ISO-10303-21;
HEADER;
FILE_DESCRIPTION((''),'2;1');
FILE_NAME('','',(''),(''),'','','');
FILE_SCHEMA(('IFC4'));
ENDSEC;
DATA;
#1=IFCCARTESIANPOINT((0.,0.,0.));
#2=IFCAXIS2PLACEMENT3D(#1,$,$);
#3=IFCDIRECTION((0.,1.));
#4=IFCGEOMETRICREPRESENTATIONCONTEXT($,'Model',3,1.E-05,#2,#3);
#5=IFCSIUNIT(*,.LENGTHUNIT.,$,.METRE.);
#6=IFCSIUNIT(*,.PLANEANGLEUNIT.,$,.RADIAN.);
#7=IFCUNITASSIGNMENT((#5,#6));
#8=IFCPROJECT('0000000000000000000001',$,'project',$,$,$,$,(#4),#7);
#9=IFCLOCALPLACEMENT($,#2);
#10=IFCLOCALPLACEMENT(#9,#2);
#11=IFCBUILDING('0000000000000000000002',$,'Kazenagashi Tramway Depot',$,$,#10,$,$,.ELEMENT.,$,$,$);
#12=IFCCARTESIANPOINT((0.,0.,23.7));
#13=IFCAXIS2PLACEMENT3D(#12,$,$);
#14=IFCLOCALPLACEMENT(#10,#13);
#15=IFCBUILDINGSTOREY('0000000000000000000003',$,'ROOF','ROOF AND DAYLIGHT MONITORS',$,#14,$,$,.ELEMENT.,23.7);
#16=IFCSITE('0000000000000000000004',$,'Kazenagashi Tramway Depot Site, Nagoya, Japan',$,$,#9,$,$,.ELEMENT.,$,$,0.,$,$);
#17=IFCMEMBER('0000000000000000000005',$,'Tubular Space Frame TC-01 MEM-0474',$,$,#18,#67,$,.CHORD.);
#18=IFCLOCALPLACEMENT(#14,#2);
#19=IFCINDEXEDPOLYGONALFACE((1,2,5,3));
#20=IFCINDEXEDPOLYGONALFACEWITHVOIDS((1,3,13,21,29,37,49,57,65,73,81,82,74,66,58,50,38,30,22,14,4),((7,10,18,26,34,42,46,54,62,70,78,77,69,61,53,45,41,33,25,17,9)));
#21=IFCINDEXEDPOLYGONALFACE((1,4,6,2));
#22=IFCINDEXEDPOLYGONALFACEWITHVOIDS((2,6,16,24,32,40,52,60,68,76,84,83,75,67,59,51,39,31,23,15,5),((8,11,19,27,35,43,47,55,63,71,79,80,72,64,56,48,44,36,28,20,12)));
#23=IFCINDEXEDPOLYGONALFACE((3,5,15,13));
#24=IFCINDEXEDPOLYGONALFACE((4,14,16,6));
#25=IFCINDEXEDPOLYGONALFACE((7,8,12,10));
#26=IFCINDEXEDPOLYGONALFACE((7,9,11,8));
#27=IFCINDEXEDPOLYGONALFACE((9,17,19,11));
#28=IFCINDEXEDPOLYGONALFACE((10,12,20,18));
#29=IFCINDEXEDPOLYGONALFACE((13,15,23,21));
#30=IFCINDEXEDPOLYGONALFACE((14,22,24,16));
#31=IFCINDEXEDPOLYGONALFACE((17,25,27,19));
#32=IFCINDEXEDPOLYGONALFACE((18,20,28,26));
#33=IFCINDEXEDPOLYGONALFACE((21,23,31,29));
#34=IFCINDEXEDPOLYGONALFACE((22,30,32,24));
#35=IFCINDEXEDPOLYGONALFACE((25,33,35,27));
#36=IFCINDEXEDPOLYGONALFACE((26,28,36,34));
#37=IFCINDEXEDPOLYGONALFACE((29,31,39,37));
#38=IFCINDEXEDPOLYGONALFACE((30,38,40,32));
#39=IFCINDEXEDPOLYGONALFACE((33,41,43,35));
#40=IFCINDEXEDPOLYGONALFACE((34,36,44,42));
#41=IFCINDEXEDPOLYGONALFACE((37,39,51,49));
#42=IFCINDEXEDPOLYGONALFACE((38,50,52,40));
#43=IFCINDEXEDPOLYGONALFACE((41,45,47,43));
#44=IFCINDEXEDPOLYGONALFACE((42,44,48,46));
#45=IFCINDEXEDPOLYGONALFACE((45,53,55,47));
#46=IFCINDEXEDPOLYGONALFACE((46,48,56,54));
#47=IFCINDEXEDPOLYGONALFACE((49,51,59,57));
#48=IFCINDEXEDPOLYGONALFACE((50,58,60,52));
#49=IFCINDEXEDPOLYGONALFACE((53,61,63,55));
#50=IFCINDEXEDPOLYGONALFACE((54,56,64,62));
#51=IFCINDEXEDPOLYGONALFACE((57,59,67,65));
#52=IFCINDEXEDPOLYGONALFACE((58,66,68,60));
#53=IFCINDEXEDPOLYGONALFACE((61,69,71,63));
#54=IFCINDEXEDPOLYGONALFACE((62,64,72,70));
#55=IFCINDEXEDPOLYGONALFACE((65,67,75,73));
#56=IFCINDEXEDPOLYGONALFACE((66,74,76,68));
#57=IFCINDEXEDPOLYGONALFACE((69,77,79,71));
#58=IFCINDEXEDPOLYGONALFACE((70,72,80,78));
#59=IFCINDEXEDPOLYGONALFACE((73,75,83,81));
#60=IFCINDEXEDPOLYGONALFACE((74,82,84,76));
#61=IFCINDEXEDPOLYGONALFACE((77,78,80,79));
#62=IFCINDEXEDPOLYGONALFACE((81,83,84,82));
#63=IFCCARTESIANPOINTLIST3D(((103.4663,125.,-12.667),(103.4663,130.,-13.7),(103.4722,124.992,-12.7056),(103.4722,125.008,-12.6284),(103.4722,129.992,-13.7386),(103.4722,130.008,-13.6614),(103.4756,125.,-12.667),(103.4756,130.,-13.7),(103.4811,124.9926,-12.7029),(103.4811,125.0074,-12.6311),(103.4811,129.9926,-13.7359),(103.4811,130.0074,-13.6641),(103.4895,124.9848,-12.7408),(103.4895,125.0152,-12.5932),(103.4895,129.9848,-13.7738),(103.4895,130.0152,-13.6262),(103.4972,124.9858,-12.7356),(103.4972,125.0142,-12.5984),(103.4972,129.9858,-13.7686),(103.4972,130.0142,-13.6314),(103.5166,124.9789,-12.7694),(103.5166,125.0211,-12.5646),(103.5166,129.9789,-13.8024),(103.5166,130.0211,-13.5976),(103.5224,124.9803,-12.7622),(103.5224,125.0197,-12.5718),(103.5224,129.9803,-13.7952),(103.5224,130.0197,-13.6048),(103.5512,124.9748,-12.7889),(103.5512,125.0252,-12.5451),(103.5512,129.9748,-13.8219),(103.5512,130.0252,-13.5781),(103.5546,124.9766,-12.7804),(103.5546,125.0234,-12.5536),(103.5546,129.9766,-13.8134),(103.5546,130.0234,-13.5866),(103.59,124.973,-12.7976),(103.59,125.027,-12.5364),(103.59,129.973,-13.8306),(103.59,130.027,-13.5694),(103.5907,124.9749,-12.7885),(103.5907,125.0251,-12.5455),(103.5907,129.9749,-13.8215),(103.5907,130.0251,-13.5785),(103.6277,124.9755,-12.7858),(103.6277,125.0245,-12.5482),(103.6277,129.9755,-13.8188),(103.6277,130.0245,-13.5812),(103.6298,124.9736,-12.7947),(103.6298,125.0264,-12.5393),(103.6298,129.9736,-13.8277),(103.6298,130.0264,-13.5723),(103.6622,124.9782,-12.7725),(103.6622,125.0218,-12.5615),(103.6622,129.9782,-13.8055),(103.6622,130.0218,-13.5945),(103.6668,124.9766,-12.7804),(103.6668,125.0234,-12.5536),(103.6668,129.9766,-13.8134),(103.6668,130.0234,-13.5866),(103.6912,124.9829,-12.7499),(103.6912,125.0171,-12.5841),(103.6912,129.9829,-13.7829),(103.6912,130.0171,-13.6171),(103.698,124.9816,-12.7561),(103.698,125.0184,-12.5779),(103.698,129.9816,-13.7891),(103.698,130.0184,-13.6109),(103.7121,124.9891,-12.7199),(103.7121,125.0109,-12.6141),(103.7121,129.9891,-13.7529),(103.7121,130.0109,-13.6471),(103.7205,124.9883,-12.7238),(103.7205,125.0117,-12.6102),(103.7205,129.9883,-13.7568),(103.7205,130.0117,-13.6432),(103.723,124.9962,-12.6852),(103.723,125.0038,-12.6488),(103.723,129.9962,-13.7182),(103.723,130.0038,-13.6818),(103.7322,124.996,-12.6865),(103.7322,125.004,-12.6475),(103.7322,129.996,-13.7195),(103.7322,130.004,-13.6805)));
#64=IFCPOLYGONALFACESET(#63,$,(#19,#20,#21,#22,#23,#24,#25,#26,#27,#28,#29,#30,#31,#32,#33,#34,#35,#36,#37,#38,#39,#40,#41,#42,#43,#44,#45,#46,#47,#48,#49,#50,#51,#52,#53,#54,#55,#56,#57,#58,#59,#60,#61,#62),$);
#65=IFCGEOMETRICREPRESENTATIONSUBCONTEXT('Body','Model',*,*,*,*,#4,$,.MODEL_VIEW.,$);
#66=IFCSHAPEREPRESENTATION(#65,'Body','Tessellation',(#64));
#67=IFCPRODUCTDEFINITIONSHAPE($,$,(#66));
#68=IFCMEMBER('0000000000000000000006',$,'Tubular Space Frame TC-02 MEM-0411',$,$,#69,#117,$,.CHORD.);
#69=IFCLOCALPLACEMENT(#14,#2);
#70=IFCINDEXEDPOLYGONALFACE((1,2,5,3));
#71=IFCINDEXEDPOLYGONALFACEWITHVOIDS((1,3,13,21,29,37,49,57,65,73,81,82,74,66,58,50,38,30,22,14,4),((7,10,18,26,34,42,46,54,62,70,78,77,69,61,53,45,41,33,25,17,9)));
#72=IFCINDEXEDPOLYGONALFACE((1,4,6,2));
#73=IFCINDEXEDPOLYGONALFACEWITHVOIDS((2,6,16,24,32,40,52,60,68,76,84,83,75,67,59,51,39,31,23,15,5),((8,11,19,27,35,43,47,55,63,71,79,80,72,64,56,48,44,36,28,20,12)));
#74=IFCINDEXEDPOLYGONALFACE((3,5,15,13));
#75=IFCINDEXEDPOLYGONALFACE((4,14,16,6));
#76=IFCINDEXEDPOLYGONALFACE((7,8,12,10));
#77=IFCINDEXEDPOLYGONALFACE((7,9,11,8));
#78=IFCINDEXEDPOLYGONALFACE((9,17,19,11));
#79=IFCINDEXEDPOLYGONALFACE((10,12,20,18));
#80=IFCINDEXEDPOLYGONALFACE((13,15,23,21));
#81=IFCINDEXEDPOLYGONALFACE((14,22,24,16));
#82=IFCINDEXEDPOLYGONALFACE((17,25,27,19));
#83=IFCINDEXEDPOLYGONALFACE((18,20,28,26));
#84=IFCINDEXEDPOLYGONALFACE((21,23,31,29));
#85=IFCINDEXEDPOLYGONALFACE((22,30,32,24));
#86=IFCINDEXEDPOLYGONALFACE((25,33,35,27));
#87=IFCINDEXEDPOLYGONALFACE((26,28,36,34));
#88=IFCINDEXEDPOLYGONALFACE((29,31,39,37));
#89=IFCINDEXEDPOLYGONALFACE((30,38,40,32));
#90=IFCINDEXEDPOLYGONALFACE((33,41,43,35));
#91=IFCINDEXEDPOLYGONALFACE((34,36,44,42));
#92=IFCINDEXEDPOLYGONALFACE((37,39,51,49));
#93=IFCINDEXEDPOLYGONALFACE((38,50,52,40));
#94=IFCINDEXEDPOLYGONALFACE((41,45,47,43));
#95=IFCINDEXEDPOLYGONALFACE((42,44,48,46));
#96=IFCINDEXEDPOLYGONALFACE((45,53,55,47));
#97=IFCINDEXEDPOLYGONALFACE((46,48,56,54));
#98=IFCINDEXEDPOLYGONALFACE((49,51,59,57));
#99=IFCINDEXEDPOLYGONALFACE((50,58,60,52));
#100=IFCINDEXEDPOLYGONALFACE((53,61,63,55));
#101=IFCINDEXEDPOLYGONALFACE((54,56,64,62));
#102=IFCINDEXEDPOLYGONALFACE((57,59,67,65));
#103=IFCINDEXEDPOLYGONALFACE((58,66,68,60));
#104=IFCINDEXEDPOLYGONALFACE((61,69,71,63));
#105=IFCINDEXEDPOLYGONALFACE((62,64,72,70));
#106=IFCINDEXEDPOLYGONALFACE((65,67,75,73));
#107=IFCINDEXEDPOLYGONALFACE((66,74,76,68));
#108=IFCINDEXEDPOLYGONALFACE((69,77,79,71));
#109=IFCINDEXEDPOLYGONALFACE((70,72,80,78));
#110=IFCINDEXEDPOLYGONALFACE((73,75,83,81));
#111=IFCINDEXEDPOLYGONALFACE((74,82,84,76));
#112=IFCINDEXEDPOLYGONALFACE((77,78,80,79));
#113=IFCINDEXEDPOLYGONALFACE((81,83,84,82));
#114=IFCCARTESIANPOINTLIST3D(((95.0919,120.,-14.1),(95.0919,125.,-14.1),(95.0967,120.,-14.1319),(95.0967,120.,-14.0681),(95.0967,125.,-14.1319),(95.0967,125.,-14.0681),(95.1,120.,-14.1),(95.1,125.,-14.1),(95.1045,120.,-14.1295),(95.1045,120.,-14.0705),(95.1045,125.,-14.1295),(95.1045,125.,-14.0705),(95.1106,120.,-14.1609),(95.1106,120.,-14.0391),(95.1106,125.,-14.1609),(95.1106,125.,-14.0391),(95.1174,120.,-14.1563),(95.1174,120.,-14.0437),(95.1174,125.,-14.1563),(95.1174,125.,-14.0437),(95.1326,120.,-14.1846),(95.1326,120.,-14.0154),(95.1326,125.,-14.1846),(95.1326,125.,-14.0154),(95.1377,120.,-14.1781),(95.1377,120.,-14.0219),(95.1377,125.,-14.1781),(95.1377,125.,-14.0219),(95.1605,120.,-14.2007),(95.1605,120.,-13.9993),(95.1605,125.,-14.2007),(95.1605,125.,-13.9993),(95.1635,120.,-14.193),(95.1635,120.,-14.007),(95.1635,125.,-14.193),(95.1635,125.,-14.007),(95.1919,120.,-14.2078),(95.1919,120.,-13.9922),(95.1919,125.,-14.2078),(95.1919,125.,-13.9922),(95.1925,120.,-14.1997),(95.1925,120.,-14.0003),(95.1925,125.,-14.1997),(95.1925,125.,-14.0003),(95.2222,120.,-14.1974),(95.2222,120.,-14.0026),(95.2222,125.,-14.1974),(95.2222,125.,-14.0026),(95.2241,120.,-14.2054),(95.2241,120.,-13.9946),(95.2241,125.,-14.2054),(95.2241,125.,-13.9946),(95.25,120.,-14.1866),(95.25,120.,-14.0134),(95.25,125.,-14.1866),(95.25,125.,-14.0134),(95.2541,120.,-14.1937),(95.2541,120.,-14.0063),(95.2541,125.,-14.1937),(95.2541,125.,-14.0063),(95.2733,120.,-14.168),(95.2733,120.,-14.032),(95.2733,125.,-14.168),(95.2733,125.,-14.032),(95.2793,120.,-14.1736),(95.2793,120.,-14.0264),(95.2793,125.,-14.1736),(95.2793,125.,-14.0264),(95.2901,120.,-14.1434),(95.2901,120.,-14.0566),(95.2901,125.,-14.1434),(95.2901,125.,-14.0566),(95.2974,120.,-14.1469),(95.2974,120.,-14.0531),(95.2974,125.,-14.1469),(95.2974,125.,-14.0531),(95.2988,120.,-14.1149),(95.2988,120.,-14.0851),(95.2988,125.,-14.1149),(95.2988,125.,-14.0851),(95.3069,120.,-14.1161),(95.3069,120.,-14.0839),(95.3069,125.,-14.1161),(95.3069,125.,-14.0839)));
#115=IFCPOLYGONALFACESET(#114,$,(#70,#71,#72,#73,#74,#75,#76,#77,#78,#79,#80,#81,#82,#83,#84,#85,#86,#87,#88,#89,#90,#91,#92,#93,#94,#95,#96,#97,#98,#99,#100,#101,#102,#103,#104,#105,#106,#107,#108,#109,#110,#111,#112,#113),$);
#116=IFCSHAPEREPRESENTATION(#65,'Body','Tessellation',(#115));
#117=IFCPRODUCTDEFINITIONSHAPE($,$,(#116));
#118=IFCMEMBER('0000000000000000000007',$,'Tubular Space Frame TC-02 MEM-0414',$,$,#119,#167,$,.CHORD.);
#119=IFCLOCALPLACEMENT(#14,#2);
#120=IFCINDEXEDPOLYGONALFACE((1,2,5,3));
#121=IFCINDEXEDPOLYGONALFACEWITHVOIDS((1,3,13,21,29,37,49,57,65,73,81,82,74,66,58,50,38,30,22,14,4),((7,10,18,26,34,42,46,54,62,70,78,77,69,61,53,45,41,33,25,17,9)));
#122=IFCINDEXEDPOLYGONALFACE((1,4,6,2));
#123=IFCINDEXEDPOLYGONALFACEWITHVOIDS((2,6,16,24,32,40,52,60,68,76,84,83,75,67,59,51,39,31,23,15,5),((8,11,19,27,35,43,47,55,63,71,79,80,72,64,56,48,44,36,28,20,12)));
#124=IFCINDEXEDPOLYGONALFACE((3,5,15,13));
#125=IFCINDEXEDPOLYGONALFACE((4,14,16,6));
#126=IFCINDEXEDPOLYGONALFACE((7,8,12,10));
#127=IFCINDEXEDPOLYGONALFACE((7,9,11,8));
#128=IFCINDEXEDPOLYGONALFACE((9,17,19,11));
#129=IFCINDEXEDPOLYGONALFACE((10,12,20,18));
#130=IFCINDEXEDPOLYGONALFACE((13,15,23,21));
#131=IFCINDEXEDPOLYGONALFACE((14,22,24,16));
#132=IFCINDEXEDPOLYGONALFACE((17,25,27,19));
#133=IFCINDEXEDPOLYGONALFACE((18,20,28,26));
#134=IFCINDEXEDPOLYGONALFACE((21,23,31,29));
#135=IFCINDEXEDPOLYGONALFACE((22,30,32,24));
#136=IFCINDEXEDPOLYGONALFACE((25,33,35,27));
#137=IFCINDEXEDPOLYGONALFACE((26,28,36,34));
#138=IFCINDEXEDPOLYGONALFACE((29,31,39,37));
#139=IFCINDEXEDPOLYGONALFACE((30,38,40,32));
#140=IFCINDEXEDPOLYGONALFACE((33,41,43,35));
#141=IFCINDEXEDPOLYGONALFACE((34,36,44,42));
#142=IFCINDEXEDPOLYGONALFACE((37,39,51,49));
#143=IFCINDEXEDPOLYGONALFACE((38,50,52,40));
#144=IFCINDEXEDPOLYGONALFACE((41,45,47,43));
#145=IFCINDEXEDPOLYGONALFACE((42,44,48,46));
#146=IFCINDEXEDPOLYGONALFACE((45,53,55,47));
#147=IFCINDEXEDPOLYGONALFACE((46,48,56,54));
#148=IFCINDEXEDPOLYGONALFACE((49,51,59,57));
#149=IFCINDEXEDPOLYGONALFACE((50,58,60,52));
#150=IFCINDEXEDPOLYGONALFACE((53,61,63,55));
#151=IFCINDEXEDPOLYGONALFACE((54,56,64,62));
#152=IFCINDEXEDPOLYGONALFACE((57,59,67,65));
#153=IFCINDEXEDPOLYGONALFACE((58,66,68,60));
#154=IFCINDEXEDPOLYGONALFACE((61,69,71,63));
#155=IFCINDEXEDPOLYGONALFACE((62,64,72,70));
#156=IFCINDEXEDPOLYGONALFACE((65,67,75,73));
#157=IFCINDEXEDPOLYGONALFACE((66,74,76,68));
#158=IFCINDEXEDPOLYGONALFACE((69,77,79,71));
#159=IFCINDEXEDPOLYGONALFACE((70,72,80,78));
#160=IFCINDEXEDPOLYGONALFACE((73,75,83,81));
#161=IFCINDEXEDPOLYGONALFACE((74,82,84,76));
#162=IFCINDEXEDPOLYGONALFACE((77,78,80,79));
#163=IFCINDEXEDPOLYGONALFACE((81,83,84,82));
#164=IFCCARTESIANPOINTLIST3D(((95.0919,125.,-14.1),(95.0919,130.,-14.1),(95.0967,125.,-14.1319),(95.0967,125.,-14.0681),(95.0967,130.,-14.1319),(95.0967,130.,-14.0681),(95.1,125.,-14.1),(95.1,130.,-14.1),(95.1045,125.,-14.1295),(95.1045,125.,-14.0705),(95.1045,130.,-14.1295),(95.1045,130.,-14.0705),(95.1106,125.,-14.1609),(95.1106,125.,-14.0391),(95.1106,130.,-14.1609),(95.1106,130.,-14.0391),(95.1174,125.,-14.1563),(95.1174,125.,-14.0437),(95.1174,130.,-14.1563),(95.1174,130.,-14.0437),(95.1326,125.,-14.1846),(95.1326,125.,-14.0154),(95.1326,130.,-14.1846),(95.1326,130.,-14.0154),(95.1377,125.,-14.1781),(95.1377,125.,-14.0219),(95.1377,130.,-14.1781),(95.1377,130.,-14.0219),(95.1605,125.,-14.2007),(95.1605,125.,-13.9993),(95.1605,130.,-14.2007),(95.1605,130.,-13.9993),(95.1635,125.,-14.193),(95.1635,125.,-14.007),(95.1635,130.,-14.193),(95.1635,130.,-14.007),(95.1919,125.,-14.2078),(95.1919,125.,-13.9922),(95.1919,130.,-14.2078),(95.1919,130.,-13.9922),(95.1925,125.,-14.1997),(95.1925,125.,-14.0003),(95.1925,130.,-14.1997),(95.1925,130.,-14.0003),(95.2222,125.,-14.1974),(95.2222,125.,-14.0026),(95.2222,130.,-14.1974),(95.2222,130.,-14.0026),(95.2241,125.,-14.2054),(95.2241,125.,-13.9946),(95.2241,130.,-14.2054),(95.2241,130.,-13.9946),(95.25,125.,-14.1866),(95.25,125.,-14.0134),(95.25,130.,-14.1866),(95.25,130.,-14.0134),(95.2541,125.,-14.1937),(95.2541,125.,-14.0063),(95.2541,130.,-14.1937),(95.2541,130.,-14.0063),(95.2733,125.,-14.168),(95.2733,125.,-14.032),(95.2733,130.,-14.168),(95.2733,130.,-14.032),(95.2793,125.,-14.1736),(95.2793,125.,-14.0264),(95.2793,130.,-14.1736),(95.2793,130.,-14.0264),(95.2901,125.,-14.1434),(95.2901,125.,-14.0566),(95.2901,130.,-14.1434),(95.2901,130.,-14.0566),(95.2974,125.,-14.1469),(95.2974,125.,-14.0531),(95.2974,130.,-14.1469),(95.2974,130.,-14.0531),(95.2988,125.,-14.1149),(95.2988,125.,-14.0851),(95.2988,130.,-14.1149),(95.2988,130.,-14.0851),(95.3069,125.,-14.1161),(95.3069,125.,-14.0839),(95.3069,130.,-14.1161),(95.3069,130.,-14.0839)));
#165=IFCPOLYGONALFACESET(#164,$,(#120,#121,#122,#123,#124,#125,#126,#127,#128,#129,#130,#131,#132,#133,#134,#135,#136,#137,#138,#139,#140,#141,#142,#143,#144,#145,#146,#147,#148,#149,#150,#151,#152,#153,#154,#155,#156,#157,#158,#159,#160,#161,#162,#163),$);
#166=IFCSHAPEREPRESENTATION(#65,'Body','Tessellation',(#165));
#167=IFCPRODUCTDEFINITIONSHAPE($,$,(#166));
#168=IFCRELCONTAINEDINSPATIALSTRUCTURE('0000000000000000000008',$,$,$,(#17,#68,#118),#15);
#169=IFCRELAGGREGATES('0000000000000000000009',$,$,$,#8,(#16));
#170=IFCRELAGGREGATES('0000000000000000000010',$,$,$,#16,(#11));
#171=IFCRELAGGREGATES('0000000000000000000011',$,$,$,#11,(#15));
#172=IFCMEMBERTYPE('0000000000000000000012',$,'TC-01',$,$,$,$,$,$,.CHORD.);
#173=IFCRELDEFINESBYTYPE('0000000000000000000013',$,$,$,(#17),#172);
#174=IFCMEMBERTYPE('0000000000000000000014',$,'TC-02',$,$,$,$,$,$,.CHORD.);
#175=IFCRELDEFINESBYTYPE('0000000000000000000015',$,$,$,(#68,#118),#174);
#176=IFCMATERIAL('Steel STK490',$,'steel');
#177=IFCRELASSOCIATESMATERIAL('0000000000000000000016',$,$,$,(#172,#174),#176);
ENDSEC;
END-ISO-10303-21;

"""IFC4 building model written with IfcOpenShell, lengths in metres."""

from ifc_helpers import new_model, si_unit, direction, frame, origin, origin_2d, place, context, subcontext, project, spatial, hollow_circle, extrude, material, material_profile, profile_set, type_object, element, save


model = new_model("IFC4")

# Units and contexts
model_context = context("Model", 3, precision=1e-05, world=origin(), true_north=direction((0.0, 1.0)))
body_context = subcontext(model_context, "Body", "Model", "MODEL_VIEW")
ifc_project = project(units=[si_unit("LENGTHUNIT", "METRE"), si_unit("PLANEANGLEUNIT", "RADIAN")], contexts=[model_context])

# Site, building, storey
site_placement = place(None, origin())
site = spatial("IfcSite", under=ifc_project, at=site_placement, Name="Kazenagashi Tramway Depot Site, Nagoya, Japan", CompositionType="ELEMENT", RefElevation=0.0)
building_placement = place(site_placement, origin())
building = spatial("IfcBuilding", under=site, at=building_placement, Name="Kazenagashi Tramway Depot", CompositionType="ELEMENT")
storey_placement = place(building_placement, frame((0.0, 0.0, 23.7)))
storey = spatial("IfcBuildingStorey", under=building, at=storey_placement, Name="ROOF", Description="ROOF AND DAYLIGHT MONITORS", CompositionType="ELEMENT", Elevation=23.7)

# Members
ifc_material_1 = material(Name="Steel STK490", Category="steel")
ifc_material_profile_1 = material_profile(ifc_material_1, hollow_circle(Radius=0.1337, WallThickness=0.0093, at=origin_2d()), Name="CHS-267.4x9.3")
ifc_profile_set_1 = profile_set([ifc_material_profile_1], Name="Steel STK490")
member_type_1 = type_object("IfcMemberType", Name="TC-01", PredefinedType="CHORD", material=ifc_profile_set_1)
member_1_placement = place(storey_placement, frame((103.6, 125.0, -12.667), z_axis=(0.0, 0.979318, -0.202327), x_axis=(-1.0, 0.0, 0.0)))
element("IfcMember", 1, at=member_1_placement, inside=storey, type_object=member_type_1, Name="Tubular Space Frame TC-01 MEM-0474", PredefinedType="CHORD", context=body_context, shape_type="SweptSolid", body=[
    extrude(hollow_circle(Radius=0.1337, WallThickness=0.0093, at=origin_2d()), origin(), (0.0, 0.0, 1.0), 5.1056),
])
ifc_material_profile_2 = material_profile(ifc_material_1, hollow_circle(Radius=0.1081, WallThickness=0.0082, at=origin_2d()), Name="CHS-216.3x8.2")
ifc_profile_set_2 = profile_set([ifc_material_profile_2], Name="Steel STK490")
member_type_2 = type_object("IfcMemberType", Name="TC-02", PredefinedType="CHORD", material=ifc_profile_set_2)
for number, where, z_axis, x_axis, name in (
    (2, (95.2, 120.0, -14.1), (0.0, 1.0, 0.0), (-1.0, 0.0, 0.0), "Tubular Space Frame TC-02 MEM-0411"),
    (3, (95.2, 125.0, -14.1), (0.0, 1.0, 0.0), (-1.0, 0.0, 0.0), "Tubular Space Frame TC-02 MEM-0414"),
):
    element("IfcMember", number, at=place(storey_placement, frame(where, z_axis=z_axis, x_axis=x_axis)), inside=storey, type_object=member_type_2, Name=name, PredefinedType="CHORD", context=body_context, shape_type="SweptSolid", body=[
        extrude(hollow_circle(Radius=0.1081, WallThickness=0.0082, at=origin_2d()), origin(), (0.0, 0.0, 1.0), 5.0),
    ])

save(model, "model.ifc")
